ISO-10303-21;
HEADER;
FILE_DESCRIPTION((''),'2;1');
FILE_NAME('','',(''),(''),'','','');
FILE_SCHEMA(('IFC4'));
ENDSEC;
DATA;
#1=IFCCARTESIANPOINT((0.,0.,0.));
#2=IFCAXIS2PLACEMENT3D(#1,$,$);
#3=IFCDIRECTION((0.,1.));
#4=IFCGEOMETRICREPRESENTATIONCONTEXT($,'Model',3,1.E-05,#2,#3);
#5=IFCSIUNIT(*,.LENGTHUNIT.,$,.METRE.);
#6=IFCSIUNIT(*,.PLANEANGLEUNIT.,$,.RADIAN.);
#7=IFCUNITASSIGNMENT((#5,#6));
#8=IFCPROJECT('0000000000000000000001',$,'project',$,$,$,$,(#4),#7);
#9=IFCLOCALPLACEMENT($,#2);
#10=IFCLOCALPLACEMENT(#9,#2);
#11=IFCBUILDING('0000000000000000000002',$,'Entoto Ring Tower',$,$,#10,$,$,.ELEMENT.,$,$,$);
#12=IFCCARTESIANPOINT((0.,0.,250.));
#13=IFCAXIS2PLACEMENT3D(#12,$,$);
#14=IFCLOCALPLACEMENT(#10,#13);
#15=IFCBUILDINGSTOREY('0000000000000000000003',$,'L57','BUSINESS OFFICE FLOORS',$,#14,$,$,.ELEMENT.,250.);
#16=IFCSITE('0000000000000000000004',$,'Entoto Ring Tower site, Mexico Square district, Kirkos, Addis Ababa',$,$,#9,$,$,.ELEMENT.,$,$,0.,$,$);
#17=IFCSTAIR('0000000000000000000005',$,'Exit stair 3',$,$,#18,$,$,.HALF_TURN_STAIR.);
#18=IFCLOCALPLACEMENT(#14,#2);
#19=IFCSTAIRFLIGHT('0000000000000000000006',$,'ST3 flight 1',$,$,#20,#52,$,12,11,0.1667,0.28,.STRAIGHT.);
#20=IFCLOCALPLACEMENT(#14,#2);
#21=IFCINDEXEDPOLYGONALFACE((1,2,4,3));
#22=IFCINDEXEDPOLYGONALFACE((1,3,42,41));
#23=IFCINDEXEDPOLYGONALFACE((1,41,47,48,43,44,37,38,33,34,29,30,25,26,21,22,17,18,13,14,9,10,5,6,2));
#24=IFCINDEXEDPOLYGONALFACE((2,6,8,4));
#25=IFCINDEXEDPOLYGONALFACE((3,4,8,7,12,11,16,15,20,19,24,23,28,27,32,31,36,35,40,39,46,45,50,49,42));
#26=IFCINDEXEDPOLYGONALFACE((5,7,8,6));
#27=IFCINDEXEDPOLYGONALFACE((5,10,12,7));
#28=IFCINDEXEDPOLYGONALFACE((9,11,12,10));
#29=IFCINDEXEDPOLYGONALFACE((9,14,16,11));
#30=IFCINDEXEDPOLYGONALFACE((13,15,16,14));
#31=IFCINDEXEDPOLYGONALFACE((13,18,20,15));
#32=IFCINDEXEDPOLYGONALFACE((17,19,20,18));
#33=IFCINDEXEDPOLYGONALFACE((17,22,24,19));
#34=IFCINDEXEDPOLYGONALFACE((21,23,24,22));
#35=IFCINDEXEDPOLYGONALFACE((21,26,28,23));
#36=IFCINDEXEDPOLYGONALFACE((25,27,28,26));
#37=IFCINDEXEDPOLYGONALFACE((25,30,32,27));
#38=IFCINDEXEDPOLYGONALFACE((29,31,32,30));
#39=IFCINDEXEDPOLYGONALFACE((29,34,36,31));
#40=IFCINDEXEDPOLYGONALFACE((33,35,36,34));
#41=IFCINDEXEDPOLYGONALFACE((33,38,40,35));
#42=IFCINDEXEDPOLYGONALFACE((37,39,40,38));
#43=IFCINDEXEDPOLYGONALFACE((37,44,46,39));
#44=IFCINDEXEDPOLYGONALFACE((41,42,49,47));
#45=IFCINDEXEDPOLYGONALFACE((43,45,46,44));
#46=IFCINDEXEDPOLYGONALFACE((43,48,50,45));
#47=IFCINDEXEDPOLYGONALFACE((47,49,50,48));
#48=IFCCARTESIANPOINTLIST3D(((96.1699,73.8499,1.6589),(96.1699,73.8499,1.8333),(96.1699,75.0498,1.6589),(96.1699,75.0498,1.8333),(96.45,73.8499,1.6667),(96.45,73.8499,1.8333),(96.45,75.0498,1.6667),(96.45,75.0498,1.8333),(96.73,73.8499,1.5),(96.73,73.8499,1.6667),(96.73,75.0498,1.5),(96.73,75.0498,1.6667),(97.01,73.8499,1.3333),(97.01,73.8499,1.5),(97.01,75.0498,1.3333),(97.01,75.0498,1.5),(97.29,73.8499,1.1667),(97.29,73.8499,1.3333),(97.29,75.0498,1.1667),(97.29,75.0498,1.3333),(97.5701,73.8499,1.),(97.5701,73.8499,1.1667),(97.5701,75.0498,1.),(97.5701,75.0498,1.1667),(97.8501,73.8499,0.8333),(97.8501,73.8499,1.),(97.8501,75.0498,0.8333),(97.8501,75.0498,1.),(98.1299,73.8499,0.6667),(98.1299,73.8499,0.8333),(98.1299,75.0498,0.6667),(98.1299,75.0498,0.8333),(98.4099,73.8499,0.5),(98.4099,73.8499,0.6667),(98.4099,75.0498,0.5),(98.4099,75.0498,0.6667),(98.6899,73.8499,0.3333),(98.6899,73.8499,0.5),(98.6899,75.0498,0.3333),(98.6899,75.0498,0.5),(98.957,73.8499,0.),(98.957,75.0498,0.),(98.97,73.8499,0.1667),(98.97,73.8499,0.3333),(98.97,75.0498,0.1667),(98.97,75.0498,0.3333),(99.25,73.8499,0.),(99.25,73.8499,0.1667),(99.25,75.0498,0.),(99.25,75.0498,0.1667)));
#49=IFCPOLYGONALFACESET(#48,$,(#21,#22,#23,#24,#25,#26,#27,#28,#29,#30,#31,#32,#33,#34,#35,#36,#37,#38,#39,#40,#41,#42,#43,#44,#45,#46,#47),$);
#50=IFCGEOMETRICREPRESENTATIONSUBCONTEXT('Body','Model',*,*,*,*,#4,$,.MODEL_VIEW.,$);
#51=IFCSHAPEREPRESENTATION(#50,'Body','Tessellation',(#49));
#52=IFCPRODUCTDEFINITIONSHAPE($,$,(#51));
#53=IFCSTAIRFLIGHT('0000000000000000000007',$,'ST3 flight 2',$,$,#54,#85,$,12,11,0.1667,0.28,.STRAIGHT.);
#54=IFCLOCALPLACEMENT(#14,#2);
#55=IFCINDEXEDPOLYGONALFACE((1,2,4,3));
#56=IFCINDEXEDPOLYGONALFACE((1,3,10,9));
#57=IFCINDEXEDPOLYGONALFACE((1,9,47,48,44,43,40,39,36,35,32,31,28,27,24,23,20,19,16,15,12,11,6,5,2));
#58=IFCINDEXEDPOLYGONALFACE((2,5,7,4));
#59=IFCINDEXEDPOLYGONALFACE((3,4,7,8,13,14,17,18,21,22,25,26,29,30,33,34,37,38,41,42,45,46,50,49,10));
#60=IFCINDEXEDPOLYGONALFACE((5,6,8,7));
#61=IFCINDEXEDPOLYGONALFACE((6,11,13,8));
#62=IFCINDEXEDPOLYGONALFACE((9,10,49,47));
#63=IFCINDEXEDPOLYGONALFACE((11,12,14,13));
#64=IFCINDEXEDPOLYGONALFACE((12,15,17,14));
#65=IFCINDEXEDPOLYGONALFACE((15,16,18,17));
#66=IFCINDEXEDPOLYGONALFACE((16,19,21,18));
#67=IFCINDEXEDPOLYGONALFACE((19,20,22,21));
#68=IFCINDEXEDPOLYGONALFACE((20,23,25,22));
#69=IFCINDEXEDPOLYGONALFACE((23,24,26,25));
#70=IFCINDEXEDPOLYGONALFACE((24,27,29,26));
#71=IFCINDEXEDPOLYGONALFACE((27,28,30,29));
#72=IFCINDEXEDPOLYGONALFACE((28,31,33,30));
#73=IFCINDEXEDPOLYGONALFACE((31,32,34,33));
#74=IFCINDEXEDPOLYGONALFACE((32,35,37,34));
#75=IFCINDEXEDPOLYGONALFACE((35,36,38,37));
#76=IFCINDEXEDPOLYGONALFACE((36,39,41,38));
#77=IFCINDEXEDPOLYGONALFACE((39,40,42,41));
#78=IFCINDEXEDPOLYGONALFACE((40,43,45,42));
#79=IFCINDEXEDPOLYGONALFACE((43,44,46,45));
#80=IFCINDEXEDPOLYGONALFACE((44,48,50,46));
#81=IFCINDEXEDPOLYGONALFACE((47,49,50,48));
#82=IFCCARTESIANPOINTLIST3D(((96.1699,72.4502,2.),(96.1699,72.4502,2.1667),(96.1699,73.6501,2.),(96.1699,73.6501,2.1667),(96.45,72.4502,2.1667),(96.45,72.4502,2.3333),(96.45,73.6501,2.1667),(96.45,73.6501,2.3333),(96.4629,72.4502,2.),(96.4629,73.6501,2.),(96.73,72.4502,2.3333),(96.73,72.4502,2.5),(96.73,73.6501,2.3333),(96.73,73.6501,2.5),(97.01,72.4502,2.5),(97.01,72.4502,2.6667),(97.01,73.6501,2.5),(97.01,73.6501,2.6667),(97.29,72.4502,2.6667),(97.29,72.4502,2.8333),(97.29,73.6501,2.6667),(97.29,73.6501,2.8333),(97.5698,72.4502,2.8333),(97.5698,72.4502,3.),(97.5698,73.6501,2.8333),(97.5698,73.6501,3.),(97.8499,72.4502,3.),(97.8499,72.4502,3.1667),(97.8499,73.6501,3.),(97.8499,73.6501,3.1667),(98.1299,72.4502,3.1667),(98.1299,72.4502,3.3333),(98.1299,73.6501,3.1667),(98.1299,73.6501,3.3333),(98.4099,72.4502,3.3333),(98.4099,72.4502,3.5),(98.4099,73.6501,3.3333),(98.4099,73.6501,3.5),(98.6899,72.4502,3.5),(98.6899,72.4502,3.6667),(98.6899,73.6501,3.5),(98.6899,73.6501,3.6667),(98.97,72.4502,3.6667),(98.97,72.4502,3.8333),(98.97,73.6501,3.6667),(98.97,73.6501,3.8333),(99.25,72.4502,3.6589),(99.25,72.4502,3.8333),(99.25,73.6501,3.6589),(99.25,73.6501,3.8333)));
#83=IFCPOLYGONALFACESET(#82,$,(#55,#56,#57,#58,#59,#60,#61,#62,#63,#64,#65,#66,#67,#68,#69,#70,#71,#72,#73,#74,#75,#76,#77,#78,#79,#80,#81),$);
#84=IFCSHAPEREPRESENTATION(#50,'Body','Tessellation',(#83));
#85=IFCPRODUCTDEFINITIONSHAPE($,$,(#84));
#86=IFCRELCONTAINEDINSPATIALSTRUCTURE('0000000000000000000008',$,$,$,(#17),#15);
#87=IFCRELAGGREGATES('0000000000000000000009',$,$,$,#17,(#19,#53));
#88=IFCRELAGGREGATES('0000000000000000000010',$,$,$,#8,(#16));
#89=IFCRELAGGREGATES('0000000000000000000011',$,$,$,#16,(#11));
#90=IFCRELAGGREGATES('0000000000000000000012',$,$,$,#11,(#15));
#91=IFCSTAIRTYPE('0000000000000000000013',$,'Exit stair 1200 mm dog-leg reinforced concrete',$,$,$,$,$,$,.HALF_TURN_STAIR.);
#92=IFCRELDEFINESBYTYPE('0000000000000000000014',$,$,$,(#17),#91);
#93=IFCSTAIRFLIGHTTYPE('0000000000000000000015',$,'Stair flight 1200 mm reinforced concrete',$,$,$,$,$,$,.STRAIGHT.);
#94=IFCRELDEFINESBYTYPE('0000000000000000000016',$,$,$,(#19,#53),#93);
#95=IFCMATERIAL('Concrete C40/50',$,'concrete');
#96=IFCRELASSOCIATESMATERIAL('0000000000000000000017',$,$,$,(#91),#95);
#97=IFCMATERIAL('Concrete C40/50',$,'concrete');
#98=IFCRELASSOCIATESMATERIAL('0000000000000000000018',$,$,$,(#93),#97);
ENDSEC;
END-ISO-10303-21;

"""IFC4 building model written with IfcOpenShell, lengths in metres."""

from ifc_helpers import new_model, si_unit, direction, frame, origin, place, context, subcontext, project, spatial, polyline, outline, extrude, material, type_object, element, aggregate, save


model = new_model("IFC4")

# Units and contexts
model_context = context("Model", 3, precision=1e-05, world=origin(), true_north=direction((0.0, 1.0)))
body_context = subcontext(model_context, "Body", "Model", "MODEL_VIEW")
ifc_project = project(units=[si_unit("LENGTHUNIT", "METRE"), si_unit("PLANEANGLEUNIT", "RADIAN")], contexts=[model_context])

# Site, building, storey
site_placement = place(None, origin())
site = spatial("IfcSite", under=ifc_project, at=site_placement, Name="Entoto Ring Tower site, Mexico Square district, Kirkos, Addis Ababa", CompositionType="ELEMENT", RefElevation=0.0)
building_placement = place(site_placement, origin())
building = spatial("IfcBuilding", under=site, at=building_placement, Name="Entoto Ring Tower", CompositionType="ELEMENT")
storey_placement = place(building_placement, frame((0.0, 0.0, 250.0)))
storey = spatial("IfcBuildingStorey", under=building, at=storey_placement, Name="L57", Description="BUSINESS OFFICE FLOORS", CompositionType="ELEMENT", Elevation=250.0)

# Stair, stair flights
ifc_material_1 = material(Name="Concrete C40/50", Category="concrete")
stair_type = type_object("IfcStairType", Name="Exit stair 1200 mm dog-leg reinforced concrete", PredefinedType="HALF_TURN_STAIR", material=ifc_material_1)
stair_placement = place(storey_placement, origin())
stair = element("IfcStair", 1, at=stair_placement, inside=storey, type_object=stair_type, Name="Exit stair 3", PredefinedType="HALF_TURN_STAIR")
ifc_material_2 = material(Name="Concrete C40/50", Category="concrete")
stair_flight_type = type_object("IfcStairFlightType", Name="Stair flight 1200 mm reinforced concrete", PredefinedType="STRAIGHT", material=ifc_material_2)
stair_flight_1_placement = place(storey_placement, frame((99.25, 74.45, 0.0), z_axis=(0.0, 0.0, 1.0), x_axis=(-1.0, 0.0, 0.0)))
stair_flight_1 = element("IfcStairFlight", 2, at=stair_flight_1_placement, type_object=stair_flight_type, Name="ST3 flight 1", NumberOfRisers=12, NumberOfTreads=11, PredefinedType="STRAIGHT", RiserHeight=0.1667, TreadLength=0.28, context=body_context, shape_type="SweptSolid", body=[
    extrude(outline(polyline([(0.0, 0.0), (0.0, 0.1667), (0.28, 0.1667), (0.28, 0.3333), (0.5601, 0.3333), (0.5601, 0.5), (0.8401, 0.5), (0.8401, 0.6667), (1.1201, 0.6667), (1.1201, 0.8333), (1.3999, 0.8333), (1.3999, 1.0), (1.6799, 1.0), (1.6799, 1.1667), (1.96, 1.1667), (1.96, 1.3333), (2.24, 1.3333), (2.24, 1.5), (2.52, 1.5), (2.52, 1.6667), (2.8, 1.6667), (2.8, 1.8333), (3.0801, 1.8333), (3.0801, 2.0), (3.0801, 1.6589), (0.293, 0.0), (0.0, 0.0)])), frame((0.0, 0.6001, 0.0), z_axis=(0.0, -1.0, 0.0), x_axis=(1.0, 0.0, 0.0)), (0.0, 0.0, 1.0), 1.2),
])
stair_flight_2_placement = place(storey_placement, frame((96.1699, 73.05, 2.0), z_axis=(0.0, 0.0, 1.0), x_axis=(1.0, 0.0, 0.0)))
stair_flight_2 = element("IfcStairFlight", 3, at=stair_flight_2_placement, type_object=stair_flight_type, Name="ST3 flight 2", NumberOfRisers=12, NumberOfTreads=11, PredefinedType="STRAIGHT", RiserHeight=0.1667, TreadLength=0.28, context=body_context, shape_type="SweptSolid", body=[
    extrude(outline(polyline([(0.0, 0.0), (0.0, 0.1667), (0.28, 0.1667), (0.28, 0.3333), (0.5601, 0.3333), (0.5601, 0.5), (0.8401, 0.5), (0.8401, 0.6667), (1.1201, 0.6667), (1.1201, 0.8333), (1.3999, 0.8333), (1.3999, 1.0), (1.6799, 1.0), (1.6799, 1.1667), (1.96, 1.1667), (1.96, 1.3333), (2.24, 1.3333), (2.24, 1.5), (2.52, 1.5), (2.52, 1.6667), (2.8, 1.6667), (2.8, 1.8333), (3.0801, 1.8333), (3.0801, 2.0), (3.0801, 1.6589), (0.293, 0.0), (0.0, 0.0)])), frame((0.0, 0.6001, 0.0), z_axis=(0.0, -1.0, 0.0), x_axis=(1.0, 0.0, 0.0)), (0.0, 0.0, 1.0), 1.2),
])
aggregate(stair, [stair_flight_1, stair_flight_2])

save(model, "model.ifc")
